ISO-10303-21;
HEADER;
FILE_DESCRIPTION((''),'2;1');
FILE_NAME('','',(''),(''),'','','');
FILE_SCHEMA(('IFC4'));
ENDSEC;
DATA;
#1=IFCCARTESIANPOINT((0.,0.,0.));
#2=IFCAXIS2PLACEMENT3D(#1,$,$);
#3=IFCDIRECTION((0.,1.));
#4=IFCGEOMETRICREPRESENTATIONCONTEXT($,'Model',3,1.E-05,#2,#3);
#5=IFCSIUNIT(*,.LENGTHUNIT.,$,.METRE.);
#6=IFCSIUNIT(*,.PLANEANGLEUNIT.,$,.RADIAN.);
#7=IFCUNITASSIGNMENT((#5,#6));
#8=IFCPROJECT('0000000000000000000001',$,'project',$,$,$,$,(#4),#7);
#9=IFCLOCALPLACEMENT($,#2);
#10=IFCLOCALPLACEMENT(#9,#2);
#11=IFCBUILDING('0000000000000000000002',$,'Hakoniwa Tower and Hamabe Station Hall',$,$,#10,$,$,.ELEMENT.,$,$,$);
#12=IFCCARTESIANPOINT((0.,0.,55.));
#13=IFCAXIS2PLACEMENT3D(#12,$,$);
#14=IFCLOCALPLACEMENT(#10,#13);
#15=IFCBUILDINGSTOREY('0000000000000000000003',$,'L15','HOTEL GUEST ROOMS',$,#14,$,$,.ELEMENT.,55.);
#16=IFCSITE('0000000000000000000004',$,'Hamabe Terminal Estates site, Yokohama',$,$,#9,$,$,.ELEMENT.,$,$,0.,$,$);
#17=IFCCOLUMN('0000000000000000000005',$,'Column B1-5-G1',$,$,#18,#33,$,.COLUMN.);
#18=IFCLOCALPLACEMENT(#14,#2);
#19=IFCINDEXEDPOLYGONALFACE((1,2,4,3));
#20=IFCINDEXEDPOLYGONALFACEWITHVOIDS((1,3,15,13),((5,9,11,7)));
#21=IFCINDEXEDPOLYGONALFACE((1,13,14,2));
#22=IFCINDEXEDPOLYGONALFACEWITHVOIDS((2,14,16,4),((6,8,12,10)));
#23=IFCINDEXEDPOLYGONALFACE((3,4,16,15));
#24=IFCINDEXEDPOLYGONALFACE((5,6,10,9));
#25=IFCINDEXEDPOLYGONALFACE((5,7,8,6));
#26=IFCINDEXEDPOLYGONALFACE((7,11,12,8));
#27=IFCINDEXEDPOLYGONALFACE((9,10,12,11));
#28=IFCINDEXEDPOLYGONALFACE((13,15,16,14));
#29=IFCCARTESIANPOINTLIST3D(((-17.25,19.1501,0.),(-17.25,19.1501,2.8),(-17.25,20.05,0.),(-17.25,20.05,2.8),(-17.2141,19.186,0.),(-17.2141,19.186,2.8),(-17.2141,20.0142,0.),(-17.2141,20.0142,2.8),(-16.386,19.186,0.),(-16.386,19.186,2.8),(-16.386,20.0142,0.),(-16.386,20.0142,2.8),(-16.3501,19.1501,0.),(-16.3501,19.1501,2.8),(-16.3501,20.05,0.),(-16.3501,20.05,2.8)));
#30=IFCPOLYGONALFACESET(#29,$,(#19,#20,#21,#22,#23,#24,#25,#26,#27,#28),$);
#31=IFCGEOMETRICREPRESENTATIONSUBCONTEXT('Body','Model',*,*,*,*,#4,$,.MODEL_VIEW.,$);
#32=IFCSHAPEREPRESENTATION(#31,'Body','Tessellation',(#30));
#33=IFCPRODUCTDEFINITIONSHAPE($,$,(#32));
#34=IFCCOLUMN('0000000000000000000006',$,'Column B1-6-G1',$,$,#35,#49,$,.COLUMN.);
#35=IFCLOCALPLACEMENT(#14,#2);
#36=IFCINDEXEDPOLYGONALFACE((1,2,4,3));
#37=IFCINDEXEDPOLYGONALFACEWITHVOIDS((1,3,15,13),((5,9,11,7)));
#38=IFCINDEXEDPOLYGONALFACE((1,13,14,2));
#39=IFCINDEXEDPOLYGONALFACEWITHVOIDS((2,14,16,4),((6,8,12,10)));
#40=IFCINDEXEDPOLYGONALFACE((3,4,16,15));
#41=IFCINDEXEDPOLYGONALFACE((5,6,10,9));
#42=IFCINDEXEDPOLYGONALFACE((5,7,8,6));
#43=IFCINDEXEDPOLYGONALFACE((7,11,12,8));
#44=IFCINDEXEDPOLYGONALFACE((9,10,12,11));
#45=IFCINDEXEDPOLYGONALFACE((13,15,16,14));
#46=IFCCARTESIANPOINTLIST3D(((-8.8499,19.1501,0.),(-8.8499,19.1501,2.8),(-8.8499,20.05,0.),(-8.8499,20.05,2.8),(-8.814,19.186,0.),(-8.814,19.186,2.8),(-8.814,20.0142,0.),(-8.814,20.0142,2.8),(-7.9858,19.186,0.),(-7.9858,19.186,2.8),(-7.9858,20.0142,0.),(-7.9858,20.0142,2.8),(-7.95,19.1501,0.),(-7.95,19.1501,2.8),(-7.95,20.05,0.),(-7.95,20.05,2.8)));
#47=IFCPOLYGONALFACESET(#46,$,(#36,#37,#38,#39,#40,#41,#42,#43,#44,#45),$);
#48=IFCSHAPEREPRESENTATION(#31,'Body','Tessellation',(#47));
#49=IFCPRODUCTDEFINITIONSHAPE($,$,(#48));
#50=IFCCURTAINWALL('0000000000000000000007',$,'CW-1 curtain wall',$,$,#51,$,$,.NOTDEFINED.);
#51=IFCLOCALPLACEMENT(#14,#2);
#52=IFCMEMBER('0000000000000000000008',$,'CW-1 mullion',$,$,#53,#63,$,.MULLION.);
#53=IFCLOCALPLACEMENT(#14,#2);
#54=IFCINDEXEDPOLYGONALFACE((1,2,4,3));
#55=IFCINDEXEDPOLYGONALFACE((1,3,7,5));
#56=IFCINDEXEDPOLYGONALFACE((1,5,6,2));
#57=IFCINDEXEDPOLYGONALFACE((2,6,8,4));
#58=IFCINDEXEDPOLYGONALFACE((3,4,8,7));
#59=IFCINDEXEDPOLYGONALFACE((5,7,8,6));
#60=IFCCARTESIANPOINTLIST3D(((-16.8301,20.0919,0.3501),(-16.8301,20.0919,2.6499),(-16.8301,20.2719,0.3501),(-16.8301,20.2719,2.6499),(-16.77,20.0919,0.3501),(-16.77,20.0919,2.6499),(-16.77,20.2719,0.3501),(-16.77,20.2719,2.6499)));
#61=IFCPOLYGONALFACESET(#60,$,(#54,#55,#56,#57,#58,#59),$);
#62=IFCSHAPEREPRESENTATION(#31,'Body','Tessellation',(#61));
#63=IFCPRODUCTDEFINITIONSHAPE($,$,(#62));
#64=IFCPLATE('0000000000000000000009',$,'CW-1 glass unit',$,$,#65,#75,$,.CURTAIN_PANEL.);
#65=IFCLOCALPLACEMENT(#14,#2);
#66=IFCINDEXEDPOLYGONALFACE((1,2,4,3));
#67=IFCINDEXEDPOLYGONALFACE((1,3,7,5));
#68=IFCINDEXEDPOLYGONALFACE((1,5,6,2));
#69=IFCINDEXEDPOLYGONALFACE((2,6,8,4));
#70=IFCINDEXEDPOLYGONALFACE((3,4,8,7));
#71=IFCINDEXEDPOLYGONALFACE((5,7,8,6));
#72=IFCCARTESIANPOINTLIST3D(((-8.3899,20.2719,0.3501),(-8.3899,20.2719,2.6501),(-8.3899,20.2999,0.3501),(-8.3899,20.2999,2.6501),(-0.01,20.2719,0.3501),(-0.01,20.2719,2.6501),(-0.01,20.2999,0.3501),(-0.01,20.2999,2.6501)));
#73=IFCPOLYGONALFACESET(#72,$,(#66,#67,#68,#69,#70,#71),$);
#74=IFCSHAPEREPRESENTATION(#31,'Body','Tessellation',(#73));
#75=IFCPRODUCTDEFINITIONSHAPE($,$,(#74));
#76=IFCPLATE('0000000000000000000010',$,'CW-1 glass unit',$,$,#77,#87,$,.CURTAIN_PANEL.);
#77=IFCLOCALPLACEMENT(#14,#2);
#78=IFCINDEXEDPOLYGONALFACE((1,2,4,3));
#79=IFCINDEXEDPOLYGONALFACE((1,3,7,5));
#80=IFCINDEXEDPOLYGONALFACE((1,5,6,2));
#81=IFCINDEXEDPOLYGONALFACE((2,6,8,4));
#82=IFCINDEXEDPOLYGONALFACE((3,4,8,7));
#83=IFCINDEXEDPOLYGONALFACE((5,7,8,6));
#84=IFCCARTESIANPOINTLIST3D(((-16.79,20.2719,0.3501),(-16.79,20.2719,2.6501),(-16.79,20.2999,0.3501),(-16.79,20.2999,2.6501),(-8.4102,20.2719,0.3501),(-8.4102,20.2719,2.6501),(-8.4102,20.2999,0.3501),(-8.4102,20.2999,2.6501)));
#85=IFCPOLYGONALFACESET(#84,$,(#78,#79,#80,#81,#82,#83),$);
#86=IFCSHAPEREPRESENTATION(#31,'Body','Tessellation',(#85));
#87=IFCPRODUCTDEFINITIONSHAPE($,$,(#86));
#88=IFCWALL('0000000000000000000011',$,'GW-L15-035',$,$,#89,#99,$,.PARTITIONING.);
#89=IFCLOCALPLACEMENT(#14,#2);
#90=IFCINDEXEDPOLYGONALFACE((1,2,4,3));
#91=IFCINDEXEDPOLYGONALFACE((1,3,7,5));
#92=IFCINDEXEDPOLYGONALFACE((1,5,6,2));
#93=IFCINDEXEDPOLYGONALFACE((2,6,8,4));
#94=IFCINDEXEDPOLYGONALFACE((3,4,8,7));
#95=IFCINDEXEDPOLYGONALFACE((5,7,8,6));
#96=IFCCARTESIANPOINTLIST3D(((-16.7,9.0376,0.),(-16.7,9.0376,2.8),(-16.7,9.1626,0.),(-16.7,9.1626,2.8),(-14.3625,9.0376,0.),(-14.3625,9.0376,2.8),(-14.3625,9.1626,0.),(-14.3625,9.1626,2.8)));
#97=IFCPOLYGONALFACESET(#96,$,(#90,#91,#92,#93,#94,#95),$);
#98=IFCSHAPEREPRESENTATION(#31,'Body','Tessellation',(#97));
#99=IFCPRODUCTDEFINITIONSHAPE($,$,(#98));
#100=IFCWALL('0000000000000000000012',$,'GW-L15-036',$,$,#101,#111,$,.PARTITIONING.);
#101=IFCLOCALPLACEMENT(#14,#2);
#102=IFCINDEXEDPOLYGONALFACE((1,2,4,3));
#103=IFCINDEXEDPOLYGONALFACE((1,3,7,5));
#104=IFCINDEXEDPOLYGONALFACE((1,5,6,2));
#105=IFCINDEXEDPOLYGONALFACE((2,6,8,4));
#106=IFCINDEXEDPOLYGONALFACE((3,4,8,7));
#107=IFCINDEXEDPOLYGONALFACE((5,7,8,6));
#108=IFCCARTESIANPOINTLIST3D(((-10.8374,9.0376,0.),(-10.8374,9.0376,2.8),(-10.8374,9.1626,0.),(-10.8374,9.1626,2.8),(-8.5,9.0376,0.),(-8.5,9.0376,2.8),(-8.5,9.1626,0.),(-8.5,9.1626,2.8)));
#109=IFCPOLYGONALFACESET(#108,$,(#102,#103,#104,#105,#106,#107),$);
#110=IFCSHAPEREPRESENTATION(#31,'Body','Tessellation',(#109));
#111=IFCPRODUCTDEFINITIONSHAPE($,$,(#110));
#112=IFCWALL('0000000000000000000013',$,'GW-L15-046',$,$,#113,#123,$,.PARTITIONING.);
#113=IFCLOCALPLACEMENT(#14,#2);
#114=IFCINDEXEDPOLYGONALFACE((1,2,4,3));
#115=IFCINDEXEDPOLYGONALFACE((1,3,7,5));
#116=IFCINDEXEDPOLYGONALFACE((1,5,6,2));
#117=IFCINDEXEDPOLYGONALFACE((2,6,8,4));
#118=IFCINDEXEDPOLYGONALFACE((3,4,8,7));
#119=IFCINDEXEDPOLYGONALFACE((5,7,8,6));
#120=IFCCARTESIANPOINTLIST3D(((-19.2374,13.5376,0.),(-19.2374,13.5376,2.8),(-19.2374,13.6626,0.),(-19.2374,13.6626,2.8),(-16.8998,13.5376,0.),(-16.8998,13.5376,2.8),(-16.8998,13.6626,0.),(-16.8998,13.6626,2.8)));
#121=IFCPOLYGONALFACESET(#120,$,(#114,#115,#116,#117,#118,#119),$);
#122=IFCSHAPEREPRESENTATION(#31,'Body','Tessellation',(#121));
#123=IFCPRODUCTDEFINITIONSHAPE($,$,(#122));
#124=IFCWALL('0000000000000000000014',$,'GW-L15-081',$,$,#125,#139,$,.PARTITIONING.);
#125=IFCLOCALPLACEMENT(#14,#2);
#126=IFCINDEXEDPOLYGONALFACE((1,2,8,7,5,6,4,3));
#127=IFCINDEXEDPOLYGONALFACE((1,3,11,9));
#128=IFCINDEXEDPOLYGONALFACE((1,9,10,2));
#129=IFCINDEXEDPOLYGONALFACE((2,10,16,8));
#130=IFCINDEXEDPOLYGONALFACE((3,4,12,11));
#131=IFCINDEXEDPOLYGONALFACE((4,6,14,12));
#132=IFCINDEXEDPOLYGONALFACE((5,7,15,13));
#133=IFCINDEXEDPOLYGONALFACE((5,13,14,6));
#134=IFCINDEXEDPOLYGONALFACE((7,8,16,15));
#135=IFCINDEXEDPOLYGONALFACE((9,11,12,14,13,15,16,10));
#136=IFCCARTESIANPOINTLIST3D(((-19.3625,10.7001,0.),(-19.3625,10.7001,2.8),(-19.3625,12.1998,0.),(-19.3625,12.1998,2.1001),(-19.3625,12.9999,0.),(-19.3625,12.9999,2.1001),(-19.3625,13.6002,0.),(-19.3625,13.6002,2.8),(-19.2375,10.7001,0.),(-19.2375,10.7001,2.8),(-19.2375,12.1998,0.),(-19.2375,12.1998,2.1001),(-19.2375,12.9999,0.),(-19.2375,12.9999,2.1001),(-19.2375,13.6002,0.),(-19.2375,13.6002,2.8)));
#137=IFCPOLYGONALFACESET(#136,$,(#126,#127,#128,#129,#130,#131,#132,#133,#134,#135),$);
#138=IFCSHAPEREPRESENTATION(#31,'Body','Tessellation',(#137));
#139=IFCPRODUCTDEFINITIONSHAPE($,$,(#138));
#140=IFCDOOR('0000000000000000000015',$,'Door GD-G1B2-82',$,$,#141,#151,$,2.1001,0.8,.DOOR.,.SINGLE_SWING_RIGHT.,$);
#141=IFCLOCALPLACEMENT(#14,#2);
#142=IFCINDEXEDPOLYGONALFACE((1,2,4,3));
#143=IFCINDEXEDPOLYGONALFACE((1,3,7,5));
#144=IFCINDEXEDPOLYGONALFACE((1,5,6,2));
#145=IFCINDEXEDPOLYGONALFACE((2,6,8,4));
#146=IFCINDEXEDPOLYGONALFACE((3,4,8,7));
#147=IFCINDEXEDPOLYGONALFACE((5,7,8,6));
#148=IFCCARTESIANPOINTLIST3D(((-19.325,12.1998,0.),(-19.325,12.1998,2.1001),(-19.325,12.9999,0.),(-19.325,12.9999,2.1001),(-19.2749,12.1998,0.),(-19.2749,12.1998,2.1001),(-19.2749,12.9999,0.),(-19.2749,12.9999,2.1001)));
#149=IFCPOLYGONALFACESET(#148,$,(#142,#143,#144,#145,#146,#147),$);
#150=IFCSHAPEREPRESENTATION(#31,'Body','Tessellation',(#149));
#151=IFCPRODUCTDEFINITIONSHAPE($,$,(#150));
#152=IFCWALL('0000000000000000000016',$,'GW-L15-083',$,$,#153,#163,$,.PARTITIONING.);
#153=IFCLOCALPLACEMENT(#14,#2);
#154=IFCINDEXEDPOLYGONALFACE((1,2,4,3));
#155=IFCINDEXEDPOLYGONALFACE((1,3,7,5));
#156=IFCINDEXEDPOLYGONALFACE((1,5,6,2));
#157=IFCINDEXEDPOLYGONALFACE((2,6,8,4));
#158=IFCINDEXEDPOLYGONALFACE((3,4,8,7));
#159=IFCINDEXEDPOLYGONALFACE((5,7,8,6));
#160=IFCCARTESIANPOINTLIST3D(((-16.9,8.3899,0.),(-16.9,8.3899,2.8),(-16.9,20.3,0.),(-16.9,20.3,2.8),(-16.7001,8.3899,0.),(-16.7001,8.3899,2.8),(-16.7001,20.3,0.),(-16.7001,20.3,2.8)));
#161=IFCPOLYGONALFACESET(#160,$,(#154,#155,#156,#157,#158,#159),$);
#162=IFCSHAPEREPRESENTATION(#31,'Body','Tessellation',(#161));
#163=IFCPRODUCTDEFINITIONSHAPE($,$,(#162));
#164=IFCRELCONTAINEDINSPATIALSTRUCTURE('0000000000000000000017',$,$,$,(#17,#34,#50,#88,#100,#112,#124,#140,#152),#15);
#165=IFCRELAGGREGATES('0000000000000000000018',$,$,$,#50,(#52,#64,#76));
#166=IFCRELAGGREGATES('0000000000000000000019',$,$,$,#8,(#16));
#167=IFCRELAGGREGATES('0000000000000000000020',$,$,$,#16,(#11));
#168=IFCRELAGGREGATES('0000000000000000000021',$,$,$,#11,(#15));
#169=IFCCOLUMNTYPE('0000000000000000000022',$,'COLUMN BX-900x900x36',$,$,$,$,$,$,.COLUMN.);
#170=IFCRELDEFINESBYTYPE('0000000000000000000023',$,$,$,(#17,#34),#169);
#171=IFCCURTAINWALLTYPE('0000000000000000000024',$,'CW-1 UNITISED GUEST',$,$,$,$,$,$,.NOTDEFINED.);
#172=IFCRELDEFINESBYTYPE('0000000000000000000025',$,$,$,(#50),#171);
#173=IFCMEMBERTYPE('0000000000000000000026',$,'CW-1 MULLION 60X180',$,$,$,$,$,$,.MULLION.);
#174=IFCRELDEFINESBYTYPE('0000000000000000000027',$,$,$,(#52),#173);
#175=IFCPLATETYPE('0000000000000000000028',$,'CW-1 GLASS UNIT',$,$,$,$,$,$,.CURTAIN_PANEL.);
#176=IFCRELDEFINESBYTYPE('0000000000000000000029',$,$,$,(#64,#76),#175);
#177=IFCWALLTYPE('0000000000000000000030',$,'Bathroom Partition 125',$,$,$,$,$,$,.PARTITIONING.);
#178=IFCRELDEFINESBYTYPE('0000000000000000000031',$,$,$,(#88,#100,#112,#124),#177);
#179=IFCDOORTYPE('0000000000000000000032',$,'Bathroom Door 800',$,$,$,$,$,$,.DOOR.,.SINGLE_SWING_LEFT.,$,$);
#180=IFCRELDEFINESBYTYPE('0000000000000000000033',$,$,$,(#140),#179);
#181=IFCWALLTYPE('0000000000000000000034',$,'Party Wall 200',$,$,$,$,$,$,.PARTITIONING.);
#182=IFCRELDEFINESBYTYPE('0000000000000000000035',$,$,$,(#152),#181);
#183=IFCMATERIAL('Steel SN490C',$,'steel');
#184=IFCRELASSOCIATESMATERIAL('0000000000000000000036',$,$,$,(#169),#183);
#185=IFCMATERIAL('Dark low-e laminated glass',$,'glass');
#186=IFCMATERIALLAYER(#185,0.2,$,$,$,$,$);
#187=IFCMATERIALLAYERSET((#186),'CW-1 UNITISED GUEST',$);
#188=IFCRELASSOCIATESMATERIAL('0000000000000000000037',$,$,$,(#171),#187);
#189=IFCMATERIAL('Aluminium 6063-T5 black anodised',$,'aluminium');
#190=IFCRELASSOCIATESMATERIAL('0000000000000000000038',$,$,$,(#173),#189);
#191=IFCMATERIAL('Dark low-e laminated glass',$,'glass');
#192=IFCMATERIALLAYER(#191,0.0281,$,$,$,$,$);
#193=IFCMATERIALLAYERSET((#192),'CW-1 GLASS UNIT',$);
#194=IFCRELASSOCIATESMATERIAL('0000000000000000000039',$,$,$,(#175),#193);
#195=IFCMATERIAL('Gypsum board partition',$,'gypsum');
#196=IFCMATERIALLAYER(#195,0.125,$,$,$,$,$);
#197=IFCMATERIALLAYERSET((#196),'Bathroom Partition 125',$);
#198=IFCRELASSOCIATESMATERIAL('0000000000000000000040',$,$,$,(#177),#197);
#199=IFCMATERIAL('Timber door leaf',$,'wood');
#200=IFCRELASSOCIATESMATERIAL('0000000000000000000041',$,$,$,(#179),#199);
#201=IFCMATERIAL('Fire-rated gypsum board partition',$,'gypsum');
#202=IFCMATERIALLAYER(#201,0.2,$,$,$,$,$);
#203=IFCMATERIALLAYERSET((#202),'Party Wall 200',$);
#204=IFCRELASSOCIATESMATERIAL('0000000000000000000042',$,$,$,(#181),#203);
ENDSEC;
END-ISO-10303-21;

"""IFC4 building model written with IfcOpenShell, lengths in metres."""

from ifc_helpers import new_model, si_unit, direction, frame, frame_2d, origin, origin_2d, place, context, subcontext, project, spatial, rectangle, hollow_rectangle, extrude, material, layer, layer_set, material_profile, profile_set, type_object, element, fill, aggregate, save


model = new_model("IFC4")

# Units and contexts
model_context = context("Model", 3, precision=1e-05, world=origin(), true_north=direction((0.0, 1.0)))
body_context = subcontext(model_context, "Body", "Model", "MODEL_VIEW")
ifc_project = project(units=[si_unit("LENGTHUNIT", "METRE"), si_unit("PLANEANGLEUNIT", "RADIAN")], contexts=[model_context])

# Site, building, storey
site_placement = place(None, origin())
site = spatial("IfcSite", under=ifc_project, at=site_placement, Name="Hamabe Terminal Estates site, Yokohama", CompositionType="ELEMENT", RefElevation=0.0)
building_placement = place(site_placement, origin())
building = spatial("IfcBuilding", under=site, at=building_placement, Name="Hakoniwa Tower and Hamabe Station Hall", CompositionType="ELEMENT")
storey_placement = place(building_placement, frame((0.0, 0.0, 55.0)))
storey = spatial("IfcBuildingStorey", under=building, at=storey_placement, Name="L15", Description="HOTEL GUEST ROOMS", CompositionType="ELEMENT", Elevation=55.0)

# Columns
ifc_material_1 = material(Name="Steel SN490C", Category="steel")
ifc_material_profile_1 = material_profile(ifc_material_1, hollow_rectangle(XDim=0.8999, YDim=0.8999, WallThickness=0.0359, at=origin_2d()), Name="BX-900x900x36")
ifc_profile_set_1 = profile_set([ifc_material_profile_1], Name="Steel SN490C")
column_type = type_object("IfcColumnType", Name="COLUMN BX-900x900x36", PredefinedType="COLUMN", material=ifc_profile_set_1)
for number, where, z_axis, x_axis, name in (
    (1, (-16.8, 19.6001, 0.0), (0.0, 0.0, 1.0), (1.0, 0.0, 0.0), "Column B1-5-G1"),
    (2, (-8.3999, 19.6001, 0.0), (0.0, 0.0, 1.0), (1.0, 0.0, 0.0), "Column B1-6-G1"),
):
    element("IfcColumn", number, at=place(storey_placement, frame(where, z_axis=z_axis, x_axis=x_axis)), inside=storey, type_object=column_type, Name=name, PredefinedType="COLUMN", context=body_context, shape_type="SweptSolid", body=[
        extrude(hollow_rectangle(XDim=0.8999, YDim=0.8999, WallThickness=0.0359, at=origin_2d()), origin(), (0.0, 0.0, 1.0), 2.8),
    ])

# Curtain wall, member, plates
ifc_material_2 = material(Name="Dark low-e laminated glass", Category="glass")
ifc_layer_1 = layer(ifc_material_2, 0.2)
ifc_layer_set_1 = layer_set([ifc_layer_1], Name="CW-1 UNITISED GUEST")
curtain_wall_type = type_object("IfcCurtainWallType", Name="CW-1 UNITISED GUEST", PredefinedType="NOTDEFINED", material=ifc_layer_set_1)
curtain_wall_placement = place(storey_placement, origin())
curtain_wall = element("IfcCurtainWall", 3, at=curtain_wall_placement, inside=storey, type_object=curtain_wall_type, Name="CW-1 curtain wall", PredefinedType="NOTDEFINED")
ifc_material_3 = material(Name="Aluminium 6063-T5 black anodised", Category="aluminium")
ifc_material_profile_2 = material_profile(ifc_material_3, rectangle(XDim=0.0601, YDim=0.1799, at=origin_2d()), Name="CW-1 MULLION 60X180")
ifc_profile_set_2 = profile_set([ifc_material_profile_2], Name="Aluminium 6063-T5 black anodised")
member_type = type_object("IfcMemberType", Name="CW-1 MULLION 60X180", PredefinedType="MULLION", material=ifc_profile_set_2)
member_placement = place(storey_placement, frame((-16.8, 20.1819, 0.3501), z_axis=(0.0, 0.0, 1.0), x_axis=(-1.0, 0.0, 0.0)))
member = element("IfcMember", 4, at=member_placement, type_object=member_type, Name="CW-1 mullion", PredefinedType="MULLION", context=body_context, shape_type="SweptSolid", body=[
    extrude(rectangle(XDim=0.0601, YDim=0.1799, at=origin_2d()), origin(), (0.0, 0.0, 1.0), 2.2998),
])
ifc_material_4 = material(Name="Dark low-e laminated glass", Category="glass")
ifc_layer_2 = layer(ifc_material_4, 0.0281)
ifc_layer_set_2 = layer_set([ifc_layer_2], Name="CW-1 GLASS UNIT")
plate_type = type_object("IfcPlateType", Name="CW-1 GLASS UNIT", PredefinedType="CURTAIN_PANEL", material=ifc_layer_set_2)
plate_1_placement = place(storey_placement, frame((-4.2, 20.2859, 0.3501), z_axis=(0.0, 0.0, 1.0), x_axis=(-1.0, 0.0, 0.0)))
plate_1 = element("IfcPlate", 5, at=plate_1_placement, type_object=plate_type, Name="CW-1 glass unit", PredefinedType="CURTAIN_PANEL", context=body_context, shape_type="SweptSolid", body=[
    extrude(rectangle(XDim=8.3799, YDim=0.0281, at=origin_2d()), origin(), (0.0, 0.0, 1.0), 2.3),
])
plate_2_placement = place(storey_placement, frame((-12.6001, 20.2859, 0.3501), z_axis=(0.0, 0.0, 1.0), x_axis=(-1.0, 0.0, 0.0)))
plate_2 = element("IfcPlate", 6, at=plate_2_placement, type_object=plate_type, Name="CW-1 glass unit", PredefinedType="CURTAIN_PANEL", context=body_context, shape_type="SweptSolid", body=[
    extrude(rectangle(XDim=8.3799, YDim=0.0281, at=origin_2d()), origin(), (0.0, 0.0, 1.0), 2.3),
])
aggregate(curtain_wall, [member, plate_1, plate_2])

# Walls
ifc_material_5 = material(Name="Gypsum board partition", Category="gypsum")
ifc_layer_3 = layer(ifc_material_5, 0.125)
ifc_layer_set_3 = layer_set([ifc_layer_3], Name="Bathroom Partition 125")
wall_type_1 = type_object("IfcWallType", Name="Bathroom Partition 125", PredefinedType="PARTITIONING", material=ifc_layer_set_3)
for number, where, z_axis, x_axis, name in (
    (7, (-16.7, 9.1001, 0.0), (0.0, 0.0, 1.0), (1.0, 0.0, 0.0), "GW-L15-035"),
    (8, (-10.8374, 9.1001, 0.0), (0.0, 0.0, 1.0), (1.0, 0.0, 0.0), "GW-L15-036"),
):
    element("IfcWall", number, at=place(storey_placement, frame(where, z_axis=z_axis, x_axis=x_axis)), inside=storey, type_object=wall_type_1, Name=name, PredefinedType="PARTITIONING", context=body_context, shape_type="SweptSolid", body=[
        extrude(rectangle(XDim=2.3374, YDim=0.125, at=frame_2d((1.1687, 0.0))), origin(), (0.0, 0.0, 1.0), 2.8),
    ])
wall_1_placement = place(storey_placement, frame((-19.2375, 13.6001, 0.0), z_axis=(0.0, 0.0, 1.0), x_axis=(1.0, 0.0, 0.0)))
element("IfcWall", 9, at=wall_1_placement, inside=storey, type_object=wall_type_1, Name="GW-L15-046", PredefinedType="PARTITIONING", context=body_context, shape_type="SweptSolid", body=[
    extrude(rectangle(XDim=2.3376, YDim=0.125, at=frame_2d((1.1689, 0.0))), origin(), (0.0, 0.0, 1.0), 2.8),
])

# Wall, opening, door
wall_2_placement = place(storey_placement, frame((-19.3, 10.7, 0.0), z_axis=(0.0, 0.0, 1.0), x_axis=(0.0, 1.0, 0.0)))
wall_2 = element("IfcWall", 10, at=wall_2_placement, inside=storey, type_object=wall_type_1, Name="GW-L15-081", PredefinedType="PARTITIONING", context=body_context, shape_type="SweptSolid", body=[
    extrude(rectangle(XDim=2.9001, YDim=0.125, at=frame_2d((1.4502, 0.0))), origin(), (0.0, 0.0, 1.0), 2.8),
])
opening_placement = place(wall_2_placement, frame((1.5, 0.0, 0.0)))
opening = element("IfcOpeningElement", 11, at=opening_placement, cuts=wall_2, PredefinedType="OPENING", context=body_context, shape_type="SweptSolid", body=[
    extrude(rectangle(XDim=0.8, YDim=2.1001, at=frame_2d((0.3999, 1.05))), frame((0.0, 0.0725, 0.0), z_axis=(0.0, -1.0, 0.0), x_axis=(1.0, 0.0, 0.0)), (0.0, 0.0, 1.0), 0.145),
])
ifc_material_6 = material(Name="Timber door leaf", Category="wood")
door_type = type_object("IfcDoorType", Name="Bathroom Door 800", OperationType="SINGLE_SWING_LEFT", PredefinedType="DOOR", material=ifc_material_6)
door_placement = place(opening_placement, origin())
door = element("IfcDoor", 12, at=door_placement, inside=storey, type_object=door_type, Name="Door GD-G1B2-82", OperationType="SINGLE_SWING_RIGHT", OverallHeight=2.1001, OverallWidth=0.8, PredefinedType="DOOR", context=body_context, shape_type="SweptSolid", body=[
    extrude(rectangle(XDim=0.8, YDim=2.1001, at=frame_2d((0.3999, 1.05))), frame((0.0, 0.0249, 0.0), z_axis=(0.0, -1.0, 0.0), x_axis=(1.0, 0.0, 0.0)), (0.0, 0.0, 1.0), 0.05),
])
fill(opening, door)

# Wall
ifc_material_7 = material(Name="Fire-rated gypsum board partition", Category="gypsum")
ifc_layer_4 = layer(ifc_material_7, 0.2)
ifc_layer_set_4 = layer_set([ifc_layer_4], Name="Party Wall 200")
wall_type_2 = type_object("IfcWallType", Name="Party Wall 200", PredefinedType="PARTITIONING", material=ifc_layer_set_4)
wall_3_placement = place(storey_placement, frame((-16.8, 8.3899, 0.0), z_axis=(0.0, 0.0, 1.0), x_axis=(0.0, 1.0, 0.0)))
element("IfcWall", 13, at=wall_3_placement, inside=storey, type_object=wall_type_2, Name="GW-L15-083", PredefinedType="PARTITIONING", context=body_context, shape_type="SweptSolid", body=[
    extrude(rectangle(XDim=11.9102, YDim=0.2, at=frame_2d((5.9551, 0.0))), origin(), (0.0, 0.0, 1.0), 2.8),
])

save(model, "model.ifc")
